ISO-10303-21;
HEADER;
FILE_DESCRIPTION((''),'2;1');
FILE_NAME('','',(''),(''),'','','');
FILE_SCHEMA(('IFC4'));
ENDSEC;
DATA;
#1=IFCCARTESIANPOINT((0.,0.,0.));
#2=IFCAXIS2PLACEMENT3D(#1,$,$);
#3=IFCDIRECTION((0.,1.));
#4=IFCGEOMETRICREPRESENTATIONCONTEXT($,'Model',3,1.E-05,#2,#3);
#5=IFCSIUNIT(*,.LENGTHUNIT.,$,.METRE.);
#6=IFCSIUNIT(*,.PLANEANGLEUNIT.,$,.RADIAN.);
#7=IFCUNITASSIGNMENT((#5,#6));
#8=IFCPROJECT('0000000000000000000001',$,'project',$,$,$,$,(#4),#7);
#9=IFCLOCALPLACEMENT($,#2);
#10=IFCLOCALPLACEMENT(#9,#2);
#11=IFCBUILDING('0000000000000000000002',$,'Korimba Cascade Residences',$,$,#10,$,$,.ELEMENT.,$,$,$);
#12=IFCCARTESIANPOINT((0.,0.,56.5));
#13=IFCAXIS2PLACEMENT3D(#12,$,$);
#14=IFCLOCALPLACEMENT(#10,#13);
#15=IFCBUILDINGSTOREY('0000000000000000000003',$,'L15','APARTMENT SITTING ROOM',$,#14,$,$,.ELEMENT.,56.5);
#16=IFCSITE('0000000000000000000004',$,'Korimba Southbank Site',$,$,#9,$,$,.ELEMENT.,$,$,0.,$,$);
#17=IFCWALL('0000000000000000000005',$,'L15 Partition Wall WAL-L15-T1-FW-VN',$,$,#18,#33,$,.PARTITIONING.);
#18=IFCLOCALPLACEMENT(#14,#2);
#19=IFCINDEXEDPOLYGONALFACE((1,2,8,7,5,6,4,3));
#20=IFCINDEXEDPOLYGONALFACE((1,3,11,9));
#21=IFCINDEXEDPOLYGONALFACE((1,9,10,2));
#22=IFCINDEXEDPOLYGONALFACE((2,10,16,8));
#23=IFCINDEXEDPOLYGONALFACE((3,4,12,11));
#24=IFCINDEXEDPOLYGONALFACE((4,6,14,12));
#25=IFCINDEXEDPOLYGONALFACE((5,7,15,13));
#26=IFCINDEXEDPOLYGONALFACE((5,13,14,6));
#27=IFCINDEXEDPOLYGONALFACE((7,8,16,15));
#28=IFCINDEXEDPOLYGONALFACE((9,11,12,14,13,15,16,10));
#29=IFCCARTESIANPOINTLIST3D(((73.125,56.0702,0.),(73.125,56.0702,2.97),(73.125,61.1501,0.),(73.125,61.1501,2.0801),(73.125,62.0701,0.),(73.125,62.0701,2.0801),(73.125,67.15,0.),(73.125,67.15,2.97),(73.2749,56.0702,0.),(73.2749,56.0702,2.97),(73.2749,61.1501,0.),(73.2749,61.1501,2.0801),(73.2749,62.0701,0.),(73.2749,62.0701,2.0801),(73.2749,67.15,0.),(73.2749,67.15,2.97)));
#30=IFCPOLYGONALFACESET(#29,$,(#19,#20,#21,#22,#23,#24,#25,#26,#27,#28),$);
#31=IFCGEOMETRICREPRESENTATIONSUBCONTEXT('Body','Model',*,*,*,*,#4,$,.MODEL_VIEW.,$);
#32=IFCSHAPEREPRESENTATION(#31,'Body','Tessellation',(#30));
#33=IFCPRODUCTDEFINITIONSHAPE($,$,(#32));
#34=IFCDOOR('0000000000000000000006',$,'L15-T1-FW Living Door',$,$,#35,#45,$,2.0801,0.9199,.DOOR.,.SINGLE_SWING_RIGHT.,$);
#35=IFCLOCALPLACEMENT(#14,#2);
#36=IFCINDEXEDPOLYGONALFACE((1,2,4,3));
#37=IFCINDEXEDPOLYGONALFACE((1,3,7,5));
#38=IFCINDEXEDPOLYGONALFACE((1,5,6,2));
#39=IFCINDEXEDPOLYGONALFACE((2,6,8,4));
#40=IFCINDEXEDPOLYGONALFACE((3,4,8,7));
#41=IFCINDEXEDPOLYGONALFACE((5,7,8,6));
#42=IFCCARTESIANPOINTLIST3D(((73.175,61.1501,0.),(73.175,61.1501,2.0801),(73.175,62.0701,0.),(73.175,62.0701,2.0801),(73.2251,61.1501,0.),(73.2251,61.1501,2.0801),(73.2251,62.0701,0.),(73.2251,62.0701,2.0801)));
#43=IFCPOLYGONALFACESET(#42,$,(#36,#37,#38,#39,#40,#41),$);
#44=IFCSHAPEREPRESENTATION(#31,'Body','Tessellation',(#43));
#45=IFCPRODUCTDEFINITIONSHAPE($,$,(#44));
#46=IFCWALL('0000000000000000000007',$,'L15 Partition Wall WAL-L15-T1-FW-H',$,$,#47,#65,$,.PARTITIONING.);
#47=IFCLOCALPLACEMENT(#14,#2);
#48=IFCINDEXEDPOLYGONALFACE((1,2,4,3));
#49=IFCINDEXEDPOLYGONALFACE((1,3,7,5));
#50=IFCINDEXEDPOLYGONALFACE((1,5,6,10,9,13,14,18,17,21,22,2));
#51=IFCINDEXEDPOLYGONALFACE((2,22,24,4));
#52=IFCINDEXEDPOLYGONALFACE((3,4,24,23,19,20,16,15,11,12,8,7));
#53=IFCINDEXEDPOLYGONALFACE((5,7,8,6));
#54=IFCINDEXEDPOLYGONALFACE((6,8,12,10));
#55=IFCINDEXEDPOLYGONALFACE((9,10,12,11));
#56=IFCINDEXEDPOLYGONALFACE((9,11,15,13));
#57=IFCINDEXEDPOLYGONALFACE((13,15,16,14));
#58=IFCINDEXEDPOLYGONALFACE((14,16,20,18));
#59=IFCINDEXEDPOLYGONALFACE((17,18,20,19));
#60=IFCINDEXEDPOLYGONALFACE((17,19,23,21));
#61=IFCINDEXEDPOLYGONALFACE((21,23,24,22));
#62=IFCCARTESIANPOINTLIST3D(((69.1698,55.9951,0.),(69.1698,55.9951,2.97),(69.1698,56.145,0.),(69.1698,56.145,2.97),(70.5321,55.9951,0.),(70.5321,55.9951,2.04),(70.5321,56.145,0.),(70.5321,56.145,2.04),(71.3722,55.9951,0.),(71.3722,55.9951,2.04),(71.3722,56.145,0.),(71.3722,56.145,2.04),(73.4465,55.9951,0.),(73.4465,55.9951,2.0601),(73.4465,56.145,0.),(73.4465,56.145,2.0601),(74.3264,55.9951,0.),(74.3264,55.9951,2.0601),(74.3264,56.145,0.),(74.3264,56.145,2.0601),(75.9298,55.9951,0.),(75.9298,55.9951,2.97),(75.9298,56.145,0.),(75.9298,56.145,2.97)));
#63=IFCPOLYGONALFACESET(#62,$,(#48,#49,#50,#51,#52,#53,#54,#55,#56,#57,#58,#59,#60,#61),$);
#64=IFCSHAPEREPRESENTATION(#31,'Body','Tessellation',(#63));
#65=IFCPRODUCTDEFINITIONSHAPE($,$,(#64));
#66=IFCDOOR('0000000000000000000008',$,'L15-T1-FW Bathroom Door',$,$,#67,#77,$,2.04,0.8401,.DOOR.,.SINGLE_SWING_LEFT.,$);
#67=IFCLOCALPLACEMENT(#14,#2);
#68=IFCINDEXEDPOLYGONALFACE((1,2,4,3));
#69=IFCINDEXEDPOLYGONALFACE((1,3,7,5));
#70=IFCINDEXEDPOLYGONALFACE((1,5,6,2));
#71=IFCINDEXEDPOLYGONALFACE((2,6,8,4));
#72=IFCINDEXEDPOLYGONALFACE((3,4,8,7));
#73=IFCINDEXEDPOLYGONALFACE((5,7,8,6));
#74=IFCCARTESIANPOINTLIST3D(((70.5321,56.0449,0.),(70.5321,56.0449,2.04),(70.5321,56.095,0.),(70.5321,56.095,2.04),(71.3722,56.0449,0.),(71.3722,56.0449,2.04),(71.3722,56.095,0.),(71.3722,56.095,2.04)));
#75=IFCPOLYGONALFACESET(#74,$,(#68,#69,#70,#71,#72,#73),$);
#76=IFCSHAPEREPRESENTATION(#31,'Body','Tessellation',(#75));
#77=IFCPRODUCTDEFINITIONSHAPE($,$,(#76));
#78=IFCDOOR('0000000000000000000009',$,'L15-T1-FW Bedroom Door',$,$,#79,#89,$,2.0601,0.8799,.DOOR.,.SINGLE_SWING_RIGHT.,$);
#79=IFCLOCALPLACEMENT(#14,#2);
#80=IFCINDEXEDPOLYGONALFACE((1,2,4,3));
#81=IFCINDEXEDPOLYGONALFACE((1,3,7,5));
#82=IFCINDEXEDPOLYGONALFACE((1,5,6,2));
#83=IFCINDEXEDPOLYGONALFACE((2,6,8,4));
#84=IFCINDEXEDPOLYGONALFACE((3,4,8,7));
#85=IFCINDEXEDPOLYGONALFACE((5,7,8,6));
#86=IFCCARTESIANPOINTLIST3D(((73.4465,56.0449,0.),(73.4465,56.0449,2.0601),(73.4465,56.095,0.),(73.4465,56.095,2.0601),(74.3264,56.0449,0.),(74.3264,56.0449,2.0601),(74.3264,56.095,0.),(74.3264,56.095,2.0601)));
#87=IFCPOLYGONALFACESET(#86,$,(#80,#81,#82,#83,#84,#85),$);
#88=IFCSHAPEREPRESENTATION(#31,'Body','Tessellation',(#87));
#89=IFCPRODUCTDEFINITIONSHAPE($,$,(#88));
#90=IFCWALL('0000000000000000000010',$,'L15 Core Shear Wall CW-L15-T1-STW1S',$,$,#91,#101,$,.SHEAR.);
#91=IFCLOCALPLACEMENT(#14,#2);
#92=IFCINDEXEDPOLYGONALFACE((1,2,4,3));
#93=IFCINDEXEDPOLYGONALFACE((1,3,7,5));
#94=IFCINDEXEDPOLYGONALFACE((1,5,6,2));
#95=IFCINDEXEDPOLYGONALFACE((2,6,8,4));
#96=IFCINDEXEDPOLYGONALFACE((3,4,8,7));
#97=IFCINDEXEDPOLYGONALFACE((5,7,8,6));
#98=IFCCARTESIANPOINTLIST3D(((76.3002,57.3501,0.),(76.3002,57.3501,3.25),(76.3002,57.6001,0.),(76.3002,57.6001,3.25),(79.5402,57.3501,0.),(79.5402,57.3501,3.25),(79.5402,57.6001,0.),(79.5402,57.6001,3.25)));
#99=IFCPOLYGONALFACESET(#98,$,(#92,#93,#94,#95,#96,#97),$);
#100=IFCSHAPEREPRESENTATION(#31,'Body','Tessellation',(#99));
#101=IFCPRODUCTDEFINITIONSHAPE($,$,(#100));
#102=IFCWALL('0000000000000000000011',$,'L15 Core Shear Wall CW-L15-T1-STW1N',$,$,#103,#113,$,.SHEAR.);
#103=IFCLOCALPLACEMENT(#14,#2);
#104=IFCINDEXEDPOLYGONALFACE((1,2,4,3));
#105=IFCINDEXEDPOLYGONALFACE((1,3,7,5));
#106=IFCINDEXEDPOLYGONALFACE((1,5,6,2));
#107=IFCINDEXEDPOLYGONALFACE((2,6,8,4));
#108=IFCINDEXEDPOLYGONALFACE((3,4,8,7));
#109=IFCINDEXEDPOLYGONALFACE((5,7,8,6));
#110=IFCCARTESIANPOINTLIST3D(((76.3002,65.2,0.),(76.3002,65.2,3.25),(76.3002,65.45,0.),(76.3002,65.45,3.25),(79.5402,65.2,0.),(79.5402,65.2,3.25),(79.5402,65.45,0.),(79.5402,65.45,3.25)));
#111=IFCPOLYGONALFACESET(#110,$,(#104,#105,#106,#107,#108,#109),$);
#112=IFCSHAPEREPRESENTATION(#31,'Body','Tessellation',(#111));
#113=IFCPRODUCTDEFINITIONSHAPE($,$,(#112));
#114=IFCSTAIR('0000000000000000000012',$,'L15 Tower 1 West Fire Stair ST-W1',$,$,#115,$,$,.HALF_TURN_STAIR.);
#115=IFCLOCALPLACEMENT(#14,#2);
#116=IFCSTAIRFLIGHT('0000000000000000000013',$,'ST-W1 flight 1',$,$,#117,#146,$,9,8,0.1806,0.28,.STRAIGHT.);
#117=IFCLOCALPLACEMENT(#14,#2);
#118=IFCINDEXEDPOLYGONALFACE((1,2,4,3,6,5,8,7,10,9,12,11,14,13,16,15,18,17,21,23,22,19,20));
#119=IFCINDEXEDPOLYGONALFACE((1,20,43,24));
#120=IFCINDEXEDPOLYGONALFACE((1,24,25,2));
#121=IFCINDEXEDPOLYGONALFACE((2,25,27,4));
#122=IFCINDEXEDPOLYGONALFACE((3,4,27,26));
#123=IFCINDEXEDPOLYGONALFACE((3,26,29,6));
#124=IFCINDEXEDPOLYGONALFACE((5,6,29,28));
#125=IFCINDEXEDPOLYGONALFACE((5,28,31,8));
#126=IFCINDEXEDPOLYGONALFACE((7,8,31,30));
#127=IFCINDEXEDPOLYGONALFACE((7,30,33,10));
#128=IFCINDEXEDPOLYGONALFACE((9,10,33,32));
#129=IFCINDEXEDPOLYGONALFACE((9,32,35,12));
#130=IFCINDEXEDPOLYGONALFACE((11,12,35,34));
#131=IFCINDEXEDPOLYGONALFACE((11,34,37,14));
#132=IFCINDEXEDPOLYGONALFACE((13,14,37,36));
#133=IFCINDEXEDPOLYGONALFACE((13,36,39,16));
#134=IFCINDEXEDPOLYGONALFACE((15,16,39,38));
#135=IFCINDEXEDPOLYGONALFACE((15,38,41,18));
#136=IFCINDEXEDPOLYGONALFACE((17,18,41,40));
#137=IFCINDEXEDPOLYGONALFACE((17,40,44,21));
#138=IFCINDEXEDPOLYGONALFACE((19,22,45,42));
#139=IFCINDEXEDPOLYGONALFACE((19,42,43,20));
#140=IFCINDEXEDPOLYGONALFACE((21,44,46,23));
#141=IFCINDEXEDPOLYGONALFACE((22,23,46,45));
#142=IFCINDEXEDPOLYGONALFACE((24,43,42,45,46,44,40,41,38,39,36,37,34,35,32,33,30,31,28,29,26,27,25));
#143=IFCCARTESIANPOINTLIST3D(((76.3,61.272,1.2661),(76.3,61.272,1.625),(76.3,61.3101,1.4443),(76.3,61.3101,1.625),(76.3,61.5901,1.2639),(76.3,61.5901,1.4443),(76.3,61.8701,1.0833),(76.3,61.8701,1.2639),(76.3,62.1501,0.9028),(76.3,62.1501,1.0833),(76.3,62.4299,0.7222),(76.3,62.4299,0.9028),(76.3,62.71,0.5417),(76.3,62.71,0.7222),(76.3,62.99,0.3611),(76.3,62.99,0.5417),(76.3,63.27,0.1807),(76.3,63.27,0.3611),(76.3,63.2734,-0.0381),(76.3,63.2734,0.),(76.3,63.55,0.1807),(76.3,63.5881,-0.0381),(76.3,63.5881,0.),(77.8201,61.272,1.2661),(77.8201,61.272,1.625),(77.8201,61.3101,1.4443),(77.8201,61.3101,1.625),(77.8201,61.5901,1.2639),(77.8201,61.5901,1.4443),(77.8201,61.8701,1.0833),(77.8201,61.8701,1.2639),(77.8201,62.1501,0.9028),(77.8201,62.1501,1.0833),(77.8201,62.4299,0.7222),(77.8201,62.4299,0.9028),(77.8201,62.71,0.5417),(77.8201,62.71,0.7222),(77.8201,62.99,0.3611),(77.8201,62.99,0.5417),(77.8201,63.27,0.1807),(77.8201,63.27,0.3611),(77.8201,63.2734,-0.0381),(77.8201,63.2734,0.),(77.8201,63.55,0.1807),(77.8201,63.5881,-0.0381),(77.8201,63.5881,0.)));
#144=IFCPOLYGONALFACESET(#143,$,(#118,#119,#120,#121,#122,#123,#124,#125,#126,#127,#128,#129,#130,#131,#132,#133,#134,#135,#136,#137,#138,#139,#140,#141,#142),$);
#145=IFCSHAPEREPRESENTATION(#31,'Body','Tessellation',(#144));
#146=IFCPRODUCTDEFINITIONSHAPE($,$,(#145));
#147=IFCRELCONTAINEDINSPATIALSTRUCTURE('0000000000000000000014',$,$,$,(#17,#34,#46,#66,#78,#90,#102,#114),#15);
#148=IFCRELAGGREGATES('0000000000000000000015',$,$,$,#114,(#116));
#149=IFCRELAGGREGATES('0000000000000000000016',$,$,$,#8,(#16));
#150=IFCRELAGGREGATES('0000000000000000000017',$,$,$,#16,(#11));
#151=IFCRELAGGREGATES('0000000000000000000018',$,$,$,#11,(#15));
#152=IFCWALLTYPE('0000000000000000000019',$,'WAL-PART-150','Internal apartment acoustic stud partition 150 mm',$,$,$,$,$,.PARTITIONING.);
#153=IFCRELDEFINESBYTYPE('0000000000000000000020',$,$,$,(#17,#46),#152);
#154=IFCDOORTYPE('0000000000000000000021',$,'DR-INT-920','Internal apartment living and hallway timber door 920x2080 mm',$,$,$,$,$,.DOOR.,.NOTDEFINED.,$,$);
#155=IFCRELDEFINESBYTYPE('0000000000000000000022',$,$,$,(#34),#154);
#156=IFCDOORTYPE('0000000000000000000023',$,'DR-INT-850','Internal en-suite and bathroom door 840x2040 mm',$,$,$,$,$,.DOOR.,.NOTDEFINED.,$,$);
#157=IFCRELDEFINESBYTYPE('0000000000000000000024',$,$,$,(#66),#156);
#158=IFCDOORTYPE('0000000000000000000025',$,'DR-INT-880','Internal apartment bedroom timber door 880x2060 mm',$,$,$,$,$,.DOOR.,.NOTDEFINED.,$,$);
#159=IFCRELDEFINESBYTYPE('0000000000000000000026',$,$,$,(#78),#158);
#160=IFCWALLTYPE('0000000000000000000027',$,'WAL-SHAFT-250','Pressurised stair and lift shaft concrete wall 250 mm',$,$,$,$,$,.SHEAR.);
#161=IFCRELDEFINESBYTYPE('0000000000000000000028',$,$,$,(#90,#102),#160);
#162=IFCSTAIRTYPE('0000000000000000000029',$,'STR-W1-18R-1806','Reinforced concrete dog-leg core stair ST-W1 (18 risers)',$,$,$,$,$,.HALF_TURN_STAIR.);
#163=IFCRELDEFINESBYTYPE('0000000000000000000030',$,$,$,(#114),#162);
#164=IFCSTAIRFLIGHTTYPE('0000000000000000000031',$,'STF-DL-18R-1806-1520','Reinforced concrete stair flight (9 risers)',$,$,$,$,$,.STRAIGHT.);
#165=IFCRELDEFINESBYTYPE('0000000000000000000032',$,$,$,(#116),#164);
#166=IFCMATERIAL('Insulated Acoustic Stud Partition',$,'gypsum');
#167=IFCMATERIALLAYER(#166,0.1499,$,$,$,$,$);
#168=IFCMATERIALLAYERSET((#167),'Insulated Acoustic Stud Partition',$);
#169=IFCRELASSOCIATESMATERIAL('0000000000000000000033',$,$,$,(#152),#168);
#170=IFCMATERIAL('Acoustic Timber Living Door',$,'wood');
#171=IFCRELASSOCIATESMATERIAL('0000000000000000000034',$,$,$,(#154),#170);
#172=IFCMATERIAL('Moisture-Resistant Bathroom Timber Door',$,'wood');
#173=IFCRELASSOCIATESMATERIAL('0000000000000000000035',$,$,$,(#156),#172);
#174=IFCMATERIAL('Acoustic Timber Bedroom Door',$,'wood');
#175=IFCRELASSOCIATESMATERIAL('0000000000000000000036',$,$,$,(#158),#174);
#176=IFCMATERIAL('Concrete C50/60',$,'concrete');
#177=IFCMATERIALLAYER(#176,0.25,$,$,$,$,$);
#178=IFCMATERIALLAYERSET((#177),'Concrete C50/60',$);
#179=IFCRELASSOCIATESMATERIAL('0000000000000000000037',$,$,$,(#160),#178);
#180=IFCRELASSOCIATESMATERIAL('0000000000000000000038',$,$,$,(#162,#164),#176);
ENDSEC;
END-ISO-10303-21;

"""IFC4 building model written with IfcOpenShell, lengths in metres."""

from ifc_helpers import new_model, si_unit, direction, frame, frame_2d, origin, place, context, subcontext, project, spatial, polyline, rectangle, outline, extrude, material, layer, layer_set, type_object, element, fill, aggregate, save


model = new_model("IFC4")

# Units and contexts
model_context = context("Model", 3, precision=1e-05, world=origin(), true_north=direction((0.0, 1.0)))
body_context = subcontext(model_context, "Body", "Model", "MODEL_VIEW")
ifc_project = project(units=[si_unit("LENGTHUNIT", "METRE"), si_unit("PLANEANGLEUNIT", "RADIAN")], contexts=[model_context])

# Site, building, storey
site_placement = place(None, origin())
site = spatial("IfcSite", under=ifc_project, at=site_placement, Name="Korimba Southbank Site", CompositionType="ELEMENT", RefElevation=0.0)
building_placement = place(site_placement, origin())
building = spatial("IfcBuilding", under=site, at=building_placement, Name="Korimba Cascade Residences", CompositionType="ELEMENT")
storey_placement = place(building_placement, frame((0.0, 0.0, 56.5)))
storey = spatial("IfcBuildingStorey", under=building, at=storey_placement, Name="L15", Description="APARTMENT SITTING ROOM", CompositionType="ELEMENT", Elevation=56.5)

# Shared definitions
ifc_material_1 = material(Name="Concrete C50/60", Category="concrete")

# Wall, opening, door
ifc_material_2 = material(Name="Insulated Acoustic Stud Partition", Category="gypsum")
ifc_layer_1 = layer(ifc_material_2, 0.1499)
ifc_layer_set_1 = layer_set([ifc_layer_1], Name="Insulated Acoustic Stud Partition")
wall_type_1 = type_object("IfcWallType", Name="WAL-PART-150", Description="Internal apartment acoustic stud partition 150 mm", PredefinedType="PARTITIONING", material=ifc_layer_set_1)
wall_1_placement = place(storey_placement, frame((73.2, 56.0701, 0.0), z_axis=(0.0, 0.0, 1.0), x_axis=(0.0, 1.0, 0.0)))
wall_1 = element("IfcWall", 1, at=wall_1_placement, inside=storey, type_object=wall_type_1, Name="L15 Partition Wall WAL-L15-T1-FW-VN", PredefinedType="PARTITIONING", context=body_context, shape_type="SweptSolid", body=[
    extrude(rectangle(XDim=11.0798, YDim=0.1499, at=frame_2d((5.54, 0.0))), origin(), (0.0, 0.0, 1.0), 2.97),
])
opening_1_placement = place(wall_1_placement, frame((5.0801, 0.0, 0.0)))
opening_1 = element("IfcOpeningElement", 2, at=opening_1_placement, cuts=wall_1, PredefinedType="OPENING", context=body_context, shape_type="SweptSolid", body=[
    extrude(rectangle(XDim=0.9199, YDim=2.0801, at=frame_2d((0.46, 1.04))), frame((0.0, 0.085, 0.0), z_axis=(0.0, -1.0, 0.0), x_axis=(1.0, 0.0, 0.0)), (0.0, 0.0, 1.0), 0.1699),
])
ifc_material_3 = material(Name="Acoustic Timber Living Door", Category="wood")
door_type_1 = type_object("IfcDoorType", Name="DR-INT-920", Description="Internal apartment living and hallway timber door 920x2080 mm", OperationType="NOTDEFINED", PredefinedType="DOOR", material=ifc_material_3)
door_1_placement = place(opening_1_placement, origin())
door_1 = element("IfcDoor", 3, at=door_1_placement, inside=storey, type_object=door_type_1, Name="L15-T1-FW Living Door", OperationType="SINGLE_SWING_RIGHT", OverallHeight=2.0801, OverallWidth=0.9199, PredefinedType="DOOR", context=body_context, shape_type="SweptSolid", body=[
    extrude(rectangle(XDim=0.9199, YDim=2.0801, at=frame_2d((0.46, 1.04))), frame((0.0, 0.0249, 0.0), z_axis=(0.0, -1.0, 0.0), x_axis=(1.0, 0.0, 0.0)), (0.0, 0.0, 1.0), 0.05),
])
fill(opening_1, door_1)

# Wall, openings, doors
wall_2_placement = place(storey_placement, frame((69.1699, 56.0701, 0.0), z_axis=(0.0, 0.0, 1.0), x_axis=(1.0, 0.0, 0.0)))
wall_2 = element("IfcWall", 4, at=wall_2_placement, inside=storey, type_object=wall_type_1, Name="L15 Partition Wall WAL-L15-T1-FW-H", PredefinedType="PARTITIONING", context=body_context, shape_type="SweptSolid", body=[
    extrude(rectangle(XDim=6.76, YDim=0.1499, at=frame_2d((3.3799, 0.0))), origin(), (0.0, 0.0, 1.0), 2.97),
])
opening_2_placement = place(wall_2_placement, frame((1.3623, 0.0, 0.0)))
opening_2 = element("IfcOpeningElement", 5, at=opening_2_placement, cuts=wall_2, PredefinedType="OPENING", context=body_context, shape_type="SweptSolid", body=[
    extrude(rectangle(XDim=0.8401, YDim=2.04, at=frame_2d((0.4199, 1.02))), frame((0.0, 0.085, 0.0), z_axis=(0.0, -1.0, 0.0), x_axis=(1.0, 0.0, 0.0)), (0.0, 0.0, 1.0), 0.1699),
])
opening_3_placement = place(wall_2_placement, frame((4.2766, 0.0, 0.0)))
opening_3 = element("IfcOpeningElement", 6, at=opening_3_placement, cuts=wall_2, PredefinedType="OPENING", context=body_context, shape_type="SweptSolid", body=[
    extrude(rectangle(XDim=0.8799, YDim=2.0601, at=frame_2d((0.4399, 1.03))), frame((0.0, 0.085, 0.0), z_axis=(0.0, -1.0, 0.0), x_axis=(1.0, 0.0, 0.0)), (0.0, 0.0, 1.0), 0.1699),
])
ifc_material_4 = material(Name="Moisture-Resistant Bathroom Timber Door", Category="wood")
door_type_2 = type_object("IfcDoorType", Name="DR-INT-850", Description="Internal en-suite and bathroom door 840x2040 mm", OperationType="NOTDEFINED", PredefinedType="DOOR", material=ifc_material_4)
door_2_placement = place(opening_2_placement, origin())
door_2 = element("IfcDoor", 7, at=door_2_placement, inside=storey, type_object=door_type_2, Name="L15-T1-FW Bathroom Door", OperationType="SINGLE_SWING_LEFT", OverallHeight=2.04, OverallWidth=0.8401, PredefinedType="DOOR", context=body_context, shape_type="SweptSolid", body=[
    extrude(rectangle(XDim=0.8401, YDim=2.04, at=frame_2d((0.4199, 1.02))), frame((0.0, 0.0249, 0.0), z_axis=(0.0, -1.0, 0.0), x_axis=(1.0, 0.0, 0.0)), (0.0, 0.0, 1.0), 0.05),
])
fill(opening_2, door_2)
ifc_material_5 = material(Name="Acoustic Timber Bedroom Door", Category="wood")
door_type_3 = type_object("IfcDoorType", Name="DR-INT-880", Description="Internal apartment bedroom timber door 880x2060 mm", OperationType="NOTDEFINED", PredefinedType="DOOR", material=ifc_material_5)
door_3_placement = place(opening_3_placement, origin())
door_3 = element("IfcDoor", 8, at=door_3_placement, inside=storey, type_object=door_type_3, Name="L15-T1-FW Bedroom Door", OperationType="SINGLE_SWING_RIGHT", OverallHeight=2.0601, OverallWidth=0.8799, PredefinedType="DOOR", context=body_context, shape_type="SweptSolid", body=[
    extrude(rectangle(XDim=0.8799, YDim=2.0601, at=frame_2d((0.4399, 1.03))), frame((0.0, 0.0249, 0.0), z_axis=(0.0, -1.0, 0.0), x_axis=(1.0, 0.0, 0.0)), (0.0, 0.0, 1.0), 0.05),
])
fill(opening_3, door_3)

# Walls
ifc_layer_2 = layer(ifc_material_1, 0.25)
ifc_layer_set_2 = layer_set([ifc_layer_2], Name="Concrete C50/60")
wall_type_2 = type_object("IfcWallType", Name="WAL-SHAFT-250", Description="Pressurised stair and lift shaft concrete wall 250 mm", PredefinedType="SHEAR", material=ifc_layer_set_2)
for number, where, z_axis, x_axis, name in (
    (9, (76.3, 57.4751, 0.0), (0.0, 0.0, 1.0), (1.0, 0.0, 0.0), "L15 Core Shear Wall CW-L15-T1-STW1S"),
    (10, (76.3, 65.325, 0.0), (0.0, 0.0, 1.0), (1.0, 0.0, 0.0), "L15 Core Shear Wall CW-L15-T1-STW1N"),
):
    element("IfcWall", number, at=place(storey_placement, frame(where, z_axis=z_axis, x_axis=x_axis)), inside=storey, type_object=wall_type_2, Name=name, PredefinedType="SHEAR", context=body_context, shape_type="SweptSolid", body=[
        extrude(rectangle(XDim=3.24, YDim=0.25, at=frame_2d((1.6201, 0.0))), origin(), (0.0, 0.0, 1.0), 3.25),
    ])

# Stair, stair flight
stair_type = type_object("IfcStairType", Name="STR-W1-18R-1806", Description="Reinforced concrete dog-leg core stair ST-W1 (18 risers)", PredefinedType="HALF_TURN_STAIR", material=ifc_material_1)
stair_placement = place(storey_placement, origin())
stair = element("IfcStair", 11, at=stair_placement, inside=storey, type_object=stair_type, Name="L15 Tower 1 West Fire Stair ST-W1", PredefinedType="HALF_TURN_STAIR")
stair_flight_type = type_object("IfcStairFlightType", Name="STF-DL-18R-1806-1520", Description="Reinforced concrete stair flight (9 risers)", PredefinedType="STRAIGHT", material=ifc_material_1)
stair_flight_placement = place(storey_placement, frame((77.0601, 63.55, 0.0), z_axis=(0.0, 0.0, 1.0), x_axis=(0.0, -1.0, 0.0)))
stair_flight = element("IfcStairFlight", 12, at=stair_flight_placement, type_object=stair_flight_type, Name="ST-W1 flight 1", NumberOfRisers=9, NumberOfTreads=8, PredefinedType="STRAIGHT", RiserHeight=0.1806, TreadLength=0.28, context=body_context, shape_type="SweptSolid", body=[
    extrude(outline(polyline([(-0.0381, 0.0), (0.0, 0.1807), (0.28, 0.1807), (0.28, 0.3611), (0.5601, 0.3611), (0.5601, 0.5417), (0.8401, 0.5417), (0.8401, 0.7222), (1.1201, 0.7222), (1.1201, 0.9028), (1.3999, 0.9028), (1.3999, 1.0833), (1.6799, 1.0833), (1.6799, 1.2639), (1.96, 1.2639), (1.96, 1.4443), (2.24, 1.4443), (2.24, 1.625), (2.2781, 1.625), (2.2781, 1.2661), (0.2766, 0.0), (0.2766, -0.0381), (-0.0381, -0.0381), (-0.0381, 0.0)])), frame((0.0, 0.76, 0.0), z_axis=(0.0, -1.0, 0.0), x_axis=(1.0, 0.0, 0.0)), (0.0, 0.0, 1.0), 1.52),
])
aggregate(stair, [stair_flight])

save(model, "model.ifc")
